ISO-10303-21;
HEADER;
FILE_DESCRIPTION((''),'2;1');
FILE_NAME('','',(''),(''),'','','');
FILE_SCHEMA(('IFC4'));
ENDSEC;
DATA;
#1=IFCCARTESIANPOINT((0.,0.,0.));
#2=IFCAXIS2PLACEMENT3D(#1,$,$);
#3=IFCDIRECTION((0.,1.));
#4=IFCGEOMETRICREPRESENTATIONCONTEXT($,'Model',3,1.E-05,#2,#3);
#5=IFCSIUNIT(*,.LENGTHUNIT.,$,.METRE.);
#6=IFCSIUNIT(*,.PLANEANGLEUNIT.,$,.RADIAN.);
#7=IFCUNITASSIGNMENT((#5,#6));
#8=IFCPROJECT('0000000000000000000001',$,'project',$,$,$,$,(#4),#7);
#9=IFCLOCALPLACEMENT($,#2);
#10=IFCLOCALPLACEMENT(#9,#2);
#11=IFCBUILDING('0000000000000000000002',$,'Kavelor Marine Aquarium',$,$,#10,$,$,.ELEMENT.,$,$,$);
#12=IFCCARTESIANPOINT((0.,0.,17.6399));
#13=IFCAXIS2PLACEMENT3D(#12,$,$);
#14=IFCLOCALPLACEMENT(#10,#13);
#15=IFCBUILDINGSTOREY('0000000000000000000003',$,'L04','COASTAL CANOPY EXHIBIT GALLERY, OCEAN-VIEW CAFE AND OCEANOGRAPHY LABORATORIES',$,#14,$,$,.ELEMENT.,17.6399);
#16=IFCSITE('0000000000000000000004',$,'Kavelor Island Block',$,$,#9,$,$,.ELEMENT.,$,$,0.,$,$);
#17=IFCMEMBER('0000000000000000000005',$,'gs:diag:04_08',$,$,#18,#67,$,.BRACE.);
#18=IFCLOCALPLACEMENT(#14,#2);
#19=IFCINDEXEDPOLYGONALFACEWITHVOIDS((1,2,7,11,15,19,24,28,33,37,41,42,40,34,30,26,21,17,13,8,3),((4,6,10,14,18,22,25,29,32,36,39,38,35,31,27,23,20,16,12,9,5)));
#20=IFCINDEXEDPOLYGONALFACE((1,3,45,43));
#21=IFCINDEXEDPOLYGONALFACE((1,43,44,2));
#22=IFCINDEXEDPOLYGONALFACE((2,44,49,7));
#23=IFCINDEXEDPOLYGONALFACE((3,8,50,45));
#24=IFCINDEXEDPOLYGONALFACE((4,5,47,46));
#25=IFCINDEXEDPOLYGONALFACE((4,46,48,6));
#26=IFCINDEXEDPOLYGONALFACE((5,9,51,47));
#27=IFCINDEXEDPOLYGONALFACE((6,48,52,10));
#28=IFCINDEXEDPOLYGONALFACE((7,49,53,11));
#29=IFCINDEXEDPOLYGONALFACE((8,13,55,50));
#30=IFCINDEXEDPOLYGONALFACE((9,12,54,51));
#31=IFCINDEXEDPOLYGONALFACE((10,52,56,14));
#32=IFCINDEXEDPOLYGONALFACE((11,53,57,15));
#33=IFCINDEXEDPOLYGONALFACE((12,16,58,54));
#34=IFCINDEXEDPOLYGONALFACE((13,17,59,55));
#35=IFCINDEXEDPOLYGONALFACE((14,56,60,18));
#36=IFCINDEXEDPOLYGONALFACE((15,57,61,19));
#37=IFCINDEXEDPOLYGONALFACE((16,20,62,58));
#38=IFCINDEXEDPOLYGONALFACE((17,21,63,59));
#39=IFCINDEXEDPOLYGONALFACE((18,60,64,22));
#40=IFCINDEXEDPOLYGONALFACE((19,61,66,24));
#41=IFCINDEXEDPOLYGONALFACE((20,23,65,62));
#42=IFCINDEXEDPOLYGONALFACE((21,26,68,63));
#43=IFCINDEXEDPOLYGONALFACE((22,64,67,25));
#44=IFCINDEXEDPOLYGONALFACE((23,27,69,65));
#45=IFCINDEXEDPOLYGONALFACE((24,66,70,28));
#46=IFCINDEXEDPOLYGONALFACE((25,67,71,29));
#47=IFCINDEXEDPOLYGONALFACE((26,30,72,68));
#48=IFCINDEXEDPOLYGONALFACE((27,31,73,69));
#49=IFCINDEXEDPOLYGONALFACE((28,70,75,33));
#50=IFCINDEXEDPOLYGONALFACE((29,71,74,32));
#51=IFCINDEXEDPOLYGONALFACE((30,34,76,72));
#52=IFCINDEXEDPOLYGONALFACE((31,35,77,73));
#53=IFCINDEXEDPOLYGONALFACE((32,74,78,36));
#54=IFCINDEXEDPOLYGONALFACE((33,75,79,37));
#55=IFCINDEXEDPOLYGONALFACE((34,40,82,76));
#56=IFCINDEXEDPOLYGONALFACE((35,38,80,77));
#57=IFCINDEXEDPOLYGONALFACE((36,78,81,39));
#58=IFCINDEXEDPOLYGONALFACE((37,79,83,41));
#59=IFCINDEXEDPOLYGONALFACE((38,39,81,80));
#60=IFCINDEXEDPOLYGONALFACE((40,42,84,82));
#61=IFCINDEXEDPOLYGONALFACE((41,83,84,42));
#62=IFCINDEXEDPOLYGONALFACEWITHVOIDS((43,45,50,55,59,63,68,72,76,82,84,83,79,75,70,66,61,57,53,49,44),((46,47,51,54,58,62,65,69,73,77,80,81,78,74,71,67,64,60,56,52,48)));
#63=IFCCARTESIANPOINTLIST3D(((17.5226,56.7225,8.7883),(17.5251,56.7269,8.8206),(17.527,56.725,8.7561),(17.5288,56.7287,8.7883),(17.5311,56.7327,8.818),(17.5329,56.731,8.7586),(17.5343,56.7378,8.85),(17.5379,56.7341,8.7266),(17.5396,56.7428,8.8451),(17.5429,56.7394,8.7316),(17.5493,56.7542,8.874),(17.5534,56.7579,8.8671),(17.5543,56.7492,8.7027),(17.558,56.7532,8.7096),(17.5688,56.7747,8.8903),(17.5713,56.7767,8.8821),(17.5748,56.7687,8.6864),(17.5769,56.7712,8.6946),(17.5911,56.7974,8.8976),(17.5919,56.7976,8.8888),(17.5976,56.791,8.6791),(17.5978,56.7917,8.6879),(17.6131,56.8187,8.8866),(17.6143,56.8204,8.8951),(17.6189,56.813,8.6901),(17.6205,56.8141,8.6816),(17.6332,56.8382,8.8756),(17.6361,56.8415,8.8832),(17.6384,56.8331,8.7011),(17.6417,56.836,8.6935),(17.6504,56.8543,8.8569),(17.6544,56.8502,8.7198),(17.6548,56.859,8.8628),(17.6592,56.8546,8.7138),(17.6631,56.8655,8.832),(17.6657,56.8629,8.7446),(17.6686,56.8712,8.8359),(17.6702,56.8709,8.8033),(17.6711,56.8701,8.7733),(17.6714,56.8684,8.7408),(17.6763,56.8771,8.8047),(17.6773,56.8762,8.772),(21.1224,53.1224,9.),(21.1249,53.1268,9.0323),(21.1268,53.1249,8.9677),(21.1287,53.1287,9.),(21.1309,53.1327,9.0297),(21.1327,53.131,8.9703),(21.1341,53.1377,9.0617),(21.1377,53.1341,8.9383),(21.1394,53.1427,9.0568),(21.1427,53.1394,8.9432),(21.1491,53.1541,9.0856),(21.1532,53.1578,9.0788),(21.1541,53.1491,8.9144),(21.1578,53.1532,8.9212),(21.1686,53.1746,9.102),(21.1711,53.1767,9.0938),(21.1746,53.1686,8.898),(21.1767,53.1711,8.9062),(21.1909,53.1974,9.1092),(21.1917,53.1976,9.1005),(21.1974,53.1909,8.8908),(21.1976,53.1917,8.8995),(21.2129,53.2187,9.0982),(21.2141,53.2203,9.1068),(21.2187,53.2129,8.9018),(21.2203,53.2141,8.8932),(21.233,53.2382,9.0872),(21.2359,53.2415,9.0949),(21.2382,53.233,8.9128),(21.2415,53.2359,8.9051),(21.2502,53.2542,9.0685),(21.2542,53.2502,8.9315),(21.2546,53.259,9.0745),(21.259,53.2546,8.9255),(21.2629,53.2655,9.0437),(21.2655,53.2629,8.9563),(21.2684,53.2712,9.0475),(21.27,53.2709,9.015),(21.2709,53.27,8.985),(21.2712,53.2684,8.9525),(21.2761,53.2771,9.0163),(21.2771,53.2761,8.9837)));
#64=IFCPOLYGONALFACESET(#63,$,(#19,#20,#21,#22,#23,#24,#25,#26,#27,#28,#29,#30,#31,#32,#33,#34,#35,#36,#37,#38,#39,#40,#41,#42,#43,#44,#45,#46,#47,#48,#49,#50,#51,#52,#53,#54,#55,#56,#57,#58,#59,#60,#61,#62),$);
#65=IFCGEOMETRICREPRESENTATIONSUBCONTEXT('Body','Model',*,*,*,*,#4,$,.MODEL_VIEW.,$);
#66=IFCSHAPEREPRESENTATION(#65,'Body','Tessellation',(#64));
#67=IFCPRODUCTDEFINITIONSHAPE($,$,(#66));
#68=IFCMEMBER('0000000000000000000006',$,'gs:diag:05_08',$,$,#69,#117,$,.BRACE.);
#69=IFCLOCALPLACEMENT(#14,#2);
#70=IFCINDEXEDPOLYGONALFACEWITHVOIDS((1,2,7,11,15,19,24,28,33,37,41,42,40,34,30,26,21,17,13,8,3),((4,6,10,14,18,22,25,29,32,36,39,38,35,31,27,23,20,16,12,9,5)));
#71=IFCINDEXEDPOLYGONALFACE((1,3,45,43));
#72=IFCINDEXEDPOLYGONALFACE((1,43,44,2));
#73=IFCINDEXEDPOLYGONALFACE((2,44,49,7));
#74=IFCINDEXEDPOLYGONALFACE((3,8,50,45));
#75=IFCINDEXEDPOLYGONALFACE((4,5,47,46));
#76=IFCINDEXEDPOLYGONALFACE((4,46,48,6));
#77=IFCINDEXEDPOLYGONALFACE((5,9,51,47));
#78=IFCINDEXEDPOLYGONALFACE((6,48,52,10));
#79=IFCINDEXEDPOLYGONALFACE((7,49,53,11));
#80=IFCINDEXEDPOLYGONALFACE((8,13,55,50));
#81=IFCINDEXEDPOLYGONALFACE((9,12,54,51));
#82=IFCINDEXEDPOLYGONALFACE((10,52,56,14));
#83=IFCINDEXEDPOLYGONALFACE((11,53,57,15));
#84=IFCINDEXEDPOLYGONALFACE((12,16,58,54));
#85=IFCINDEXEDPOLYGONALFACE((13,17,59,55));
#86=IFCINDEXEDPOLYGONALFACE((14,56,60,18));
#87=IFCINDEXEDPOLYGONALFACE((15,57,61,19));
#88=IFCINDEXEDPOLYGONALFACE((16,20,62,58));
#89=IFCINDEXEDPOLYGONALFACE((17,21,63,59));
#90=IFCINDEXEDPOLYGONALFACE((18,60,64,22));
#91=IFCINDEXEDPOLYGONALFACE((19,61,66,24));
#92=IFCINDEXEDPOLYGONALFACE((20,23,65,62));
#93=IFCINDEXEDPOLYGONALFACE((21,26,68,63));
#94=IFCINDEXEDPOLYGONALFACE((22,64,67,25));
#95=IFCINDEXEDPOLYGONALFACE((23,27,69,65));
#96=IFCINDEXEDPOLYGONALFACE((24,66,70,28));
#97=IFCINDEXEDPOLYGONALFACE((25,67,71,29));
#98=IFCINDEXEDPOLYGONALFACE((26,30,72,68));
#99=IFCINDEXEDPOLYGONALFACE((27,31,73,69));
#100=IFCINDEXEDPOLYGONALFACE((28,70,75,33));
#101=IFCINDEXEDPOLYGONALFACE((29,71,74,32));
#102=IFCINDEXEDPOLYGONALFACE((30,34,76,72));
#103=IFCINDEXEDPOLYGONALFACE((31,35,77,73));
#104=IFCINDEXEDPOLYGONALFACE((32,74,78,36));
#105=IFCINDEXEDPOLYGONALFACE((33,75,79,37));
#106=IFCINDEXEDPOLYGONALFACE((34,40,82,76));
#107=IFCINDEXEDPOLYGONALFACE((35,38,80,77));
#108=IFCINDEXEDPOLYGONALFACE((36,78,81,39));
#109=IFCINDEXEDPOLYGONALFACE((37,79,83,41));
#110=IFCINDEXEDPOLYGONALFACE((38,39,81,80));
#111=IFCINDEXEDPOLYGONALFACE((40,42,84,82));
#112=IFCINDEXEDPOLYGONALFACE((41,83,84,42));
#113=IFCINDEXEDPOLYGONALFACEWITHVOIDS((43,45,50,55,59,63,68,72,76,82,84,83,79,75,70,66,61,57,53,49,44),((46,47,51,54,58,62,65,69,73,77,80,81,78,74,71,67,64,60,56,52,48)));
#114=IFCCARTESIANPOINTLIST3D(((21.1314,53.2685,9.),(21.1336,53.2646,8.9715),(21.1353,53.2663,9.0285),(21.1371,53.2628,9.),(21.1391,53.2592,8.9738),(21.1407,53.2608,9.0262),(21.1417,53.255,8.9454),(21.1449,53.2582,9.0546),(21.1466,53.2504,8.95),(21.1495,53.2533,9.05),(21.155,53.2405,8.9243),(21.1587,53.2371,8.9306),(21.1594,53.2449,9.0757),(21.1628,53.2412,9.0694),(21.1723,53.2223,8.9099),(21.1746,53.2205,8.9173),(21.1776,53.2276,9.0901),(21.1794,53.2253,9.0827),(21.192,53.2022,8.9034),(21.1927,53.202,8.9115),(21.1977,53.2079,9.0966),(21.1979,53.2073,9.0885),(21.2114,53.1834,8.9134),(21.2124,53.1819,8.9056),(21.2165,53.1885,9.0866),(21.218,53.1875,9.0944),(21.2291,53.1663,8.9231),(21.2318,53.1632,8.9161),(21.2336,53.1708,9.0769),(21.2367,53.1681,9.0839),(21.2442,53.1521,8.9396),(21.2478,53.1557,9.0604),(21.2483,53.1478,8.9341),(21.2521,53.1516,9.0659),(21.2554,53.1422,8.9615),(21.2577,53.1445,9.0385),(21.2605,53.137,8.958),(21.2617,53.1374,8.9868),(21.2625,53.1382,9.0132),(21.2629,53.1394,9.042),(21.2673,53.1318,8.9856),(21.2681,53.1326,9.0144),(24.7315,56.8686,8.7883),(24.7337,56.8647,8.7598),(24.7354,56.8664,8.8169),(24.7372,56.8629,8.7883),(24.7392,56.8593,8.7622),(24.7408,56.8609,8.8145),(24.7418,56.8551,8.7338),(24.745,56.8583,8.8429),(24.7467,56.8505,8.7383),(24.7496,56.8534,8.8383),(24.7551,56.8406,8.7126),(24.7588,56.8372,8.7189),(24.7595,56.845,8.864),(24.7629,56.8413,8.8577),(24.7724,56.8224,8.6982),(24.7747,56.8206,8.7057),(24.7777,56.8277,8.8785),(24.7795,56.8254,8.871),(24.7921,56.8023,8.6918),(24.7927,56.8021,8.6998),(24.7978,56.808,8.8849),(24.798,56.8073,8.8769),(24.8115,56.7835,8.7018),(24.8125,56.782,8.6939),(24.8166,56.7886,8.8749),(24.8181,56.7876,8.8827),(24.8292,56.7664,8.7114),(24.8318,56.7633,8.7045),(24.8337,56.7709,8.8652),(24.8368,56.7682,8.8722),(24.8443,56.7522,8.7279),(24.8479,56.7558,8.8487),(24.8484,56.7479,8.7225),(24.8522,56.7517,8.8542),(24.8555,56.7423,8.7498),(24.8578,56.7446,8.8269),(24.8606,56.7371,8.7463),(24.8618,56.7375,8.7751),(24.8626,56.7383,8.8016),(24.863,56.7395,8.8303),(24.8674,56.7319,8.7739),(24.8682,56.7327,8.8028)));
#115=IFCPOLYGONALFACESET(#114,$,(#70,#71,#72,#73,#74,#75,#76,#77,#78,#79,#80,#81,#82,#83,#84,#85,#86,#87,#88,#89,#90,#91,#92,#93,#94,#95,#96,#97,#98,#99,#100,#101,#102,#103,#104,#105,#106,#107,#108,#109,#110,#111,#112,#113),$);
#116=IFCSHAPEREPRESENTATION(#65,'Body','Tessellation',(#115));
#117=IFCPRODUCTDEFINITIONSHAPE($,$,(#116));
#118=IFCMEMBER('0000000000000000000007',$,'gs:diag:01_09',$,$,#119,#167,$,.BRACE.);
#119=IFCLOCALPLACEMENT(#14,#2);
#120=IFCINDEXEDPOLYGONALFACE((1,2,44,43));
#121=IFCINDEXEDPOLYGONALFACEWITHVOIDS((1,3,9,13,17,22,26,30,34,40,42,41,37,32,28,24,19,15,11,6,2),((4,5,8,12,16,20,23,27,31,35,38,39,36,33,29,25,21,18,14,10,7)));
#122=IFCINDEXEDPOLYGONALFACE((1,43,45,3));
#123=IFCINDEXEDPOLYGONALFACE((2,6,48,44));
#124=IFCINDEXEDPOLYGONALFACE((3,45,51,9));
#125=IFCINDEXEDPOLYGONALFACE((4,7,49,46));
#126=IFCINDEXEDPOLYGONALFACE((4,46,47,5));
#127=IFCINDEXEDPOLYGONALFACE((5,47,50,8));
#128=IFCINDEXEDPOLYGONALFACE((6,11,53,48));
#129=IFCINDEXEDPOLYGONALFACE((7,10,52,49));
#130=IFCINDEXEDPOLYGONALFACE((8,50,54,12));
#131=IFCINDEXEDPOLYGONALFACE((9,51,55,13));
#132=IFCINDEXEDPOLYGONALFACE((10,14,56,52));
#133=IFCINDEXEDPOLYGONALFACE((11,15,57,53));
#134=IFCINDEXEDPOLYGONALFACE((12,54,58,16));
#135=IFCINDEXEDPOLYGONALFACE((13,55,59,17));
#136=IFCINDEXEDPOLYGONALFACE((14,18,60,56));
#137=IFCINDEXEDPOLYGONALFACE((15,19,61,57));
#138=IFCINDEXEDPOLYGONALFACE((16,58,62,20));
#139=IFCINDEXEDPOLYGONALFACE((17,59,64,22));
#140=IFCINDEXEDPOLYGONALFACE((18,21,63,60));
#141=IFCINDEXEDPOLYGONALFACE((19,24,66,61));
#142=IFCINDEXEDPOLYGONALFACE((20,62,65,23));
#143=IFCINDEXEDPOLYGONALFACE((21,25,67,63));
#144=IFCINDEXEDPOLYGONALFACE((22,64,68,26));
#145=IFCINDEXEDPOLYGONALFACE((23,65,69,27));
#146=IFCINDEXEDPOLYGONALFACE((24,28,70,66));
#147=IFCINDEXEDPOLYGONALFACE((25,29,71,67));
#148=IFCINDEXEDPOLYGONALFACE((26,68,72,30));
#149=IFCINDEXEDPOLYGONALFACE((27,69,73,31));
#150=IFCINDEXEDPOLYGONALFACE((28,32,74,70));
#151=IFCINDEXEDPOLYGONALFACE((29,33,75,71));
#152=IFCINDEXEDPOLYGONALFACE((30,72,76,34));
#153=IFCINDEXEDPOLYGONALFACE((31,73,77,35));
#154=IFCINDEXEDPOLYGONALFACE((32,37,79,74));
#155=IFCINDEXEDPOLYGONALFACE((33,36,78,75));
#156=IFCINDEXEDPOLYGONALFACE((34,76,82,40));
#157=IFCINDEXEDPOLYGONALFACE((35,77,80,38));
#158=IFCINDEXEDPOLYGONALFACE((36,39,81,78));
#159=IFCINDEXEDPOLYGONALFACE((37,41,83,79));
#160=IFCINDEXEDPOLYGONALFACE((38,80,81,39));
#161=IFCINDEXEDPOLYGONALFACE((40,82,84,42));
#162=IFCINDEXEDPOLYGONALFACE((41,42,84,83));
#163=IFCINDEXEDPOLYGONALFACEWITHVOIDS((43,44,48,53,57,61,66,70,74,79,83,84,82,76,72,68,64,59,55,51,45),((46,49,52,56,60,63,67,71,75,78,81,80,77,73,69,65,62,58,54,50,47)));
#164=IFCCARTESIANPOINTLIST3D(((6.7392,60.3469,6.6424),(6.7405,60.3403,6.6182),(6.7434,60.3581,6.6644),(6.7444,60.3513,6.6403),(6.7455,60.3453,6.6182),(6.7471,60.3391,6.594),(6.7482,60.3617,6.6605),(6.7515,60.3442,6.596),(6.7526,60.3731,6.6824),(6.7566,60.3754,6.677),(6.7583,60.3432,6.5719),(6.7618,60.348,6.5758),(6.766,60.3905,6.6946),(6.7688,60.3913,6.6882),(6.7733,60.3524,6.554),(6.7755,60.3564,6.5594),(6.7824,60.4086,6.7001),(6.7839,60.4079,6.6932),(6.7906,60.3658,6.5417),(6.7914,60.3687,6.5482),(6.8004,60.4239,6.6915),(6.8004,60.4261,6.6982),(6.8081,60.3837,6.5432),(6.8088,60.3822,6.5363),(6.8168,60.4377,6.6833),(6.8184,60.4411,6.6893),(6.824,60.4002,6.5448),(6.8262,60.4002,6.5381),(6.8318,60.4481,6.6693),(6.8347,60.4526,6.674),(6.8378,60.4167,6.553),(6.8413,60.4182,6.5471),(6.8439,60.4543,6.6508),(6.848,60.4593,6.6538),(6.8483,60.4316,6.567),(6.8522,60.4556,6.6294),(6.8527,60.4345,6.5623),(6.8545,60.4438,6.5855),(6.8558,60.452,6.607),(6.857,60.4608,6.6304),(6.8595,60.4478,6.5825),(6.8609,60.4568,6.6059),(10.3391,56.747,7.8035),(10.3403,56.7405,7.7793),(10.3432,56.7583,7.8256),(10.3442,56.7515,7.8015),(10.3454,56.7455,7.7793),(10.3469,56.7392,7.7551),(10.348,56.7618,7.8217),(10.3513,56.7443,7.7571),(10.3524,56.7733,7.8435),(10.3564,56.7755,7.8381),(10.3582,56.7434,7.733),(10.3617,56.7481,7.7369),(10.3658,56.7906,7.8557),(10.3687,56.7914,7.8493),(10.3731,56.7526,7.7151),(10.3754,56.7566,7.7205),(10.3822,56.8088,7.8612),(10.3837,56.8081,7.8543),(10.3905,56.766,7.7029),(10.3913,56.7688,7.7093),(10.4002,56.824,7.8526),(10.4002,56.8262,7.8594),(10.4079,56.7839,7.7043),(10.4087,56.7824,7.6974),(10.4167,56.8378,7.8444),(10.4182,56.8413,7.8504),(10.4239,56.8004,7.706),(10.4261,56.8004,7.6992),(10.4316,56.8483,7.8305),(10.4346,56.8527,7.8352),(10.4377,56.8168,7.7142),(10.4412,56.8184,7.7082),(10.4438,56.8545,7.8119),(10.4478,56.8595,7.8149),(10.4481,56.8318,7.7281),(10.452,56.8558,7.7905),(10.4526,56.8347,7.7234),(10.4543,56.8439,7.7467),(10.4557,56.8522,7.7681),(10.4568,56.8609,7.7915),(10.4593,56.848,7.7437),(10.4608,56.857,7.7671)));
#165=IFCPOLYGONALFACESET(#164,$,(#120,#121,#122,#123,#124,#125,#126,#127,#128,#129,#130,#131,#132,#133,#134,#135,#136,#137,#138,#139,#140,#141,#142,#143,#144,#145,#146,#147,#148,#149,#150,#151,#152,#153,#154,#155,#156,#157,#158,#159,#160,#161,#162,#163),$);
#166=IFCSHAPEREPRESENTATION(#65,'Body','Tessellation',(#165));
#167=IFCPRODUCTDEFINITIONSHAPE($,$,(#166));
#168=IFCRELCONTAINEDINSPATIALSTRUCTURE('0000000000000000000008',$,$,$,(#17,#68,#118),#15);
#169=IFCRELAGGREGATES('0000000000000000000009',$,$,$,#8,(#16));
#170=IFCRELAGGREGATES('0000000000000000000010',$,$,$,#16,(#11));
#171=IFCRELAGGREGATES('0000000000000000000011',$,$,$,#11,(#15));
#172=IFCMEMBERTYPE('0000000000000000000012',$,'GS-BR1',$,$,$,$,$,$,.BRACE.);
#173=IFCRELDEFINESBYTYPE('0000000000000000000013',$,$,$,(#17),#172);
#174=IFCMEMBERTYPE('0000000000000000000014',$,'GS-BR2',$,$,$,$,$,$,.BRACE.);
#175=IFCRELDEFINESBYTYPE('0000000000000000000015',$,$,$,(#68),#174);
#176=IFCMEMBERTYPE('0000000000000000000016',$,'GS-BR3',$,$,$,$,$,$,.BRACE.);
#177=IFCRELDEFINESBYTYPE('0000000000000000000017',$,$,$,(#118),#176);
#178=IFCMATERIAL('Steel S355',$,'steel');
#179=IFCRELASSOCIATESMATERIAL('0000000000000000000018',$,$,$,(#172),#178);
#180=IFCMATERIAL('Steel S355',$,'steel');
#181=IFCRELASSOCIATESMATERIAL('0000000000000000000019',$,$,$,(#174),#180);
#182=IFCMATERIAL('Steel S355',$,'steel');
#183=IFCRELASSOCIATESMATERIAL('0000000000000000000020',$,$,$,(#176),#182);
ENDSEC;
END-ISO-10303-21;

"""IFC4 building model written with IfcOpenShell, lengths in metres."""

from ifc_helpers import new_model, si_unit, direction, frame, origin, origin_2d, place, context, subcontext, project, spatial, hollow_circle, extrude, material, material_profile, profile_set, type_object, element, save


model = new_model("IFC4")

# Units and contexts
model_context = context("Model", 3, precision=1e-05, world=origin(), true_north=direction((0.0, 1.0)))
body_context = subcontext(model_context, "Body", "Model", "MODEL_VIEW")
ifc_project = project(units=[si_unit("LENGTHUNIT", "METRE"), si_unit("PLANEANGLEUNIT", "RADIAN")], contexts=[model_context])

# Site, building, storey
site_placement = place(None, origin())
site = spatial("IfcSite", under=ifc_project, at=site_placement, Name="Kavelor Island Block", CompositionType="ELEMENT", RefElevation=0.0)
building_placement = place(site_placement, origin())
building = spatial("IfcBuilding", under=site, at=building_placement, Name="Kavelor Marine Aquarium", CompositionType="ELEMENT")
storey_placement = place(building_placement, frame((0.0, 0.0, 17.6399)))
storey = spatial("IfcBuildingStorey", under=building, at=storey_placement, Name="L04", Description="COASTAL CANOPY EXHIBIT GALLERY, OCEAN-VIEW CAFE AND OCEANOGRAPHY LABORATORIES", CompositionType="ELEMENT", Elevation=17.6399)

# Members
ifc_material_1 = material(Name="Steel S355", Category="steel")
ifc_material_profile_1 = material_profile(ifc_material_1, hollow_circle(Radius=0.1096, WallThickness=0.0088, at=origin_2d()), Name="CHS 219.1x8.8")
ifc_profile_set_1 = profile_set([ifc_material_profile_1], Name="Steel S355")
member_type_1 = type_object("IfcMemberType", Name="GS-BR1", PredefinedType="BRACE", material=ifc_profile_set_1)
member_1_placement = place(storey_placement, frame((21.2, 53.2, 9.0), z_axis=(-0.706472, 0.70652, -0.04154), x_axis=(-0.707131, -0.707083, 0.0)))
element("IfcMember", 1, at=member_1_placement, inside=storey, type_object=member_type_1, Name="gs:diag:04_08", PredefinedType="BRACE", context=body_context, shape_type="SweptSolid", body=[
    extrude(hollow_circle(Radius=0.1096, WallThickness=0.0088, at=origin_2d()), origin(), (0.0, 0.0, 1.0), 5.0955),
])
ifc_material_2 = material(Name="Steel S355", Category="steel")
ifc_material_profile_2 = material_profile(ifc_material_2, hollow_circle(Radius=0.0969, WallThickness=0.0081, at=origin_2d()), Name="CHS 193.7x8.0")
ifc_profile_set_2 = profile_set([ifc_material_profile_2], Name="Steel S355")
member_type_2 = type_object("IfcMemberType", Name="GS-BR2", PredefinedType="BRACE", material=ifc_profile_set_2)
member_2_placement = place(storey_placement, frame((21.2, 53.2, 9.0), z_axis=(0.706496, 0.706496, -0.041539), x_axis=(-0.707107, 0.707107, 0.0)))
element("IfcMember", 2, at=member_2_placement, inside=storey, type_object=member_type_2, Name="gs:diag:05_08", PredefinedType="BRACE", context=body_context, shape_type="SweptSolid", body=[
    extrude(hollow_circle(Radius=0.0969, WallThickness=0.0081, at=origin_2d()), origin(), (0.0, 0.0, 1.0), 5.0957),
])
ifc_material_3 = material(Name="Steel S355", Category="steel")
ifc_material_profile_3 = material_profile(ifc_material_3, hollow_circle(Radius=0.0842, WallThickness=0.0071, at=origin_2d()), Name="CHS 168.3x7.1")
ifc_profile_set_3 = profile_set([ifc_material_profile_3], Name="Steel S355")
member_type_3 = type_object("IfcMemberType", Name="GS-BR3", PredefinedType="BRACE", material=ifc_profile_set_3)
member_3_placement = place(storey_placement, frame((10.3999, 56.8, 7.7793), z_axis=(-0.689403, 0.689403, -0.222367), x_axis=(-0.707107, -0.707107, 0.0)))
element("IfcMember", 3, at=member_3_placement, inside=storey, type_object=member_type_3, Name="gs:diag:01_09", PredefinedType="BRACE", context=body_context, shape_type="SweptSolid", body=[
    extrude(hollow_circle(Radius=0.0842, WallThickness=0.0071, at=origin_2d()), origin(), (0.0, 0.0, 1.0), 5.2217),
])

save(model, "model.ifc")
